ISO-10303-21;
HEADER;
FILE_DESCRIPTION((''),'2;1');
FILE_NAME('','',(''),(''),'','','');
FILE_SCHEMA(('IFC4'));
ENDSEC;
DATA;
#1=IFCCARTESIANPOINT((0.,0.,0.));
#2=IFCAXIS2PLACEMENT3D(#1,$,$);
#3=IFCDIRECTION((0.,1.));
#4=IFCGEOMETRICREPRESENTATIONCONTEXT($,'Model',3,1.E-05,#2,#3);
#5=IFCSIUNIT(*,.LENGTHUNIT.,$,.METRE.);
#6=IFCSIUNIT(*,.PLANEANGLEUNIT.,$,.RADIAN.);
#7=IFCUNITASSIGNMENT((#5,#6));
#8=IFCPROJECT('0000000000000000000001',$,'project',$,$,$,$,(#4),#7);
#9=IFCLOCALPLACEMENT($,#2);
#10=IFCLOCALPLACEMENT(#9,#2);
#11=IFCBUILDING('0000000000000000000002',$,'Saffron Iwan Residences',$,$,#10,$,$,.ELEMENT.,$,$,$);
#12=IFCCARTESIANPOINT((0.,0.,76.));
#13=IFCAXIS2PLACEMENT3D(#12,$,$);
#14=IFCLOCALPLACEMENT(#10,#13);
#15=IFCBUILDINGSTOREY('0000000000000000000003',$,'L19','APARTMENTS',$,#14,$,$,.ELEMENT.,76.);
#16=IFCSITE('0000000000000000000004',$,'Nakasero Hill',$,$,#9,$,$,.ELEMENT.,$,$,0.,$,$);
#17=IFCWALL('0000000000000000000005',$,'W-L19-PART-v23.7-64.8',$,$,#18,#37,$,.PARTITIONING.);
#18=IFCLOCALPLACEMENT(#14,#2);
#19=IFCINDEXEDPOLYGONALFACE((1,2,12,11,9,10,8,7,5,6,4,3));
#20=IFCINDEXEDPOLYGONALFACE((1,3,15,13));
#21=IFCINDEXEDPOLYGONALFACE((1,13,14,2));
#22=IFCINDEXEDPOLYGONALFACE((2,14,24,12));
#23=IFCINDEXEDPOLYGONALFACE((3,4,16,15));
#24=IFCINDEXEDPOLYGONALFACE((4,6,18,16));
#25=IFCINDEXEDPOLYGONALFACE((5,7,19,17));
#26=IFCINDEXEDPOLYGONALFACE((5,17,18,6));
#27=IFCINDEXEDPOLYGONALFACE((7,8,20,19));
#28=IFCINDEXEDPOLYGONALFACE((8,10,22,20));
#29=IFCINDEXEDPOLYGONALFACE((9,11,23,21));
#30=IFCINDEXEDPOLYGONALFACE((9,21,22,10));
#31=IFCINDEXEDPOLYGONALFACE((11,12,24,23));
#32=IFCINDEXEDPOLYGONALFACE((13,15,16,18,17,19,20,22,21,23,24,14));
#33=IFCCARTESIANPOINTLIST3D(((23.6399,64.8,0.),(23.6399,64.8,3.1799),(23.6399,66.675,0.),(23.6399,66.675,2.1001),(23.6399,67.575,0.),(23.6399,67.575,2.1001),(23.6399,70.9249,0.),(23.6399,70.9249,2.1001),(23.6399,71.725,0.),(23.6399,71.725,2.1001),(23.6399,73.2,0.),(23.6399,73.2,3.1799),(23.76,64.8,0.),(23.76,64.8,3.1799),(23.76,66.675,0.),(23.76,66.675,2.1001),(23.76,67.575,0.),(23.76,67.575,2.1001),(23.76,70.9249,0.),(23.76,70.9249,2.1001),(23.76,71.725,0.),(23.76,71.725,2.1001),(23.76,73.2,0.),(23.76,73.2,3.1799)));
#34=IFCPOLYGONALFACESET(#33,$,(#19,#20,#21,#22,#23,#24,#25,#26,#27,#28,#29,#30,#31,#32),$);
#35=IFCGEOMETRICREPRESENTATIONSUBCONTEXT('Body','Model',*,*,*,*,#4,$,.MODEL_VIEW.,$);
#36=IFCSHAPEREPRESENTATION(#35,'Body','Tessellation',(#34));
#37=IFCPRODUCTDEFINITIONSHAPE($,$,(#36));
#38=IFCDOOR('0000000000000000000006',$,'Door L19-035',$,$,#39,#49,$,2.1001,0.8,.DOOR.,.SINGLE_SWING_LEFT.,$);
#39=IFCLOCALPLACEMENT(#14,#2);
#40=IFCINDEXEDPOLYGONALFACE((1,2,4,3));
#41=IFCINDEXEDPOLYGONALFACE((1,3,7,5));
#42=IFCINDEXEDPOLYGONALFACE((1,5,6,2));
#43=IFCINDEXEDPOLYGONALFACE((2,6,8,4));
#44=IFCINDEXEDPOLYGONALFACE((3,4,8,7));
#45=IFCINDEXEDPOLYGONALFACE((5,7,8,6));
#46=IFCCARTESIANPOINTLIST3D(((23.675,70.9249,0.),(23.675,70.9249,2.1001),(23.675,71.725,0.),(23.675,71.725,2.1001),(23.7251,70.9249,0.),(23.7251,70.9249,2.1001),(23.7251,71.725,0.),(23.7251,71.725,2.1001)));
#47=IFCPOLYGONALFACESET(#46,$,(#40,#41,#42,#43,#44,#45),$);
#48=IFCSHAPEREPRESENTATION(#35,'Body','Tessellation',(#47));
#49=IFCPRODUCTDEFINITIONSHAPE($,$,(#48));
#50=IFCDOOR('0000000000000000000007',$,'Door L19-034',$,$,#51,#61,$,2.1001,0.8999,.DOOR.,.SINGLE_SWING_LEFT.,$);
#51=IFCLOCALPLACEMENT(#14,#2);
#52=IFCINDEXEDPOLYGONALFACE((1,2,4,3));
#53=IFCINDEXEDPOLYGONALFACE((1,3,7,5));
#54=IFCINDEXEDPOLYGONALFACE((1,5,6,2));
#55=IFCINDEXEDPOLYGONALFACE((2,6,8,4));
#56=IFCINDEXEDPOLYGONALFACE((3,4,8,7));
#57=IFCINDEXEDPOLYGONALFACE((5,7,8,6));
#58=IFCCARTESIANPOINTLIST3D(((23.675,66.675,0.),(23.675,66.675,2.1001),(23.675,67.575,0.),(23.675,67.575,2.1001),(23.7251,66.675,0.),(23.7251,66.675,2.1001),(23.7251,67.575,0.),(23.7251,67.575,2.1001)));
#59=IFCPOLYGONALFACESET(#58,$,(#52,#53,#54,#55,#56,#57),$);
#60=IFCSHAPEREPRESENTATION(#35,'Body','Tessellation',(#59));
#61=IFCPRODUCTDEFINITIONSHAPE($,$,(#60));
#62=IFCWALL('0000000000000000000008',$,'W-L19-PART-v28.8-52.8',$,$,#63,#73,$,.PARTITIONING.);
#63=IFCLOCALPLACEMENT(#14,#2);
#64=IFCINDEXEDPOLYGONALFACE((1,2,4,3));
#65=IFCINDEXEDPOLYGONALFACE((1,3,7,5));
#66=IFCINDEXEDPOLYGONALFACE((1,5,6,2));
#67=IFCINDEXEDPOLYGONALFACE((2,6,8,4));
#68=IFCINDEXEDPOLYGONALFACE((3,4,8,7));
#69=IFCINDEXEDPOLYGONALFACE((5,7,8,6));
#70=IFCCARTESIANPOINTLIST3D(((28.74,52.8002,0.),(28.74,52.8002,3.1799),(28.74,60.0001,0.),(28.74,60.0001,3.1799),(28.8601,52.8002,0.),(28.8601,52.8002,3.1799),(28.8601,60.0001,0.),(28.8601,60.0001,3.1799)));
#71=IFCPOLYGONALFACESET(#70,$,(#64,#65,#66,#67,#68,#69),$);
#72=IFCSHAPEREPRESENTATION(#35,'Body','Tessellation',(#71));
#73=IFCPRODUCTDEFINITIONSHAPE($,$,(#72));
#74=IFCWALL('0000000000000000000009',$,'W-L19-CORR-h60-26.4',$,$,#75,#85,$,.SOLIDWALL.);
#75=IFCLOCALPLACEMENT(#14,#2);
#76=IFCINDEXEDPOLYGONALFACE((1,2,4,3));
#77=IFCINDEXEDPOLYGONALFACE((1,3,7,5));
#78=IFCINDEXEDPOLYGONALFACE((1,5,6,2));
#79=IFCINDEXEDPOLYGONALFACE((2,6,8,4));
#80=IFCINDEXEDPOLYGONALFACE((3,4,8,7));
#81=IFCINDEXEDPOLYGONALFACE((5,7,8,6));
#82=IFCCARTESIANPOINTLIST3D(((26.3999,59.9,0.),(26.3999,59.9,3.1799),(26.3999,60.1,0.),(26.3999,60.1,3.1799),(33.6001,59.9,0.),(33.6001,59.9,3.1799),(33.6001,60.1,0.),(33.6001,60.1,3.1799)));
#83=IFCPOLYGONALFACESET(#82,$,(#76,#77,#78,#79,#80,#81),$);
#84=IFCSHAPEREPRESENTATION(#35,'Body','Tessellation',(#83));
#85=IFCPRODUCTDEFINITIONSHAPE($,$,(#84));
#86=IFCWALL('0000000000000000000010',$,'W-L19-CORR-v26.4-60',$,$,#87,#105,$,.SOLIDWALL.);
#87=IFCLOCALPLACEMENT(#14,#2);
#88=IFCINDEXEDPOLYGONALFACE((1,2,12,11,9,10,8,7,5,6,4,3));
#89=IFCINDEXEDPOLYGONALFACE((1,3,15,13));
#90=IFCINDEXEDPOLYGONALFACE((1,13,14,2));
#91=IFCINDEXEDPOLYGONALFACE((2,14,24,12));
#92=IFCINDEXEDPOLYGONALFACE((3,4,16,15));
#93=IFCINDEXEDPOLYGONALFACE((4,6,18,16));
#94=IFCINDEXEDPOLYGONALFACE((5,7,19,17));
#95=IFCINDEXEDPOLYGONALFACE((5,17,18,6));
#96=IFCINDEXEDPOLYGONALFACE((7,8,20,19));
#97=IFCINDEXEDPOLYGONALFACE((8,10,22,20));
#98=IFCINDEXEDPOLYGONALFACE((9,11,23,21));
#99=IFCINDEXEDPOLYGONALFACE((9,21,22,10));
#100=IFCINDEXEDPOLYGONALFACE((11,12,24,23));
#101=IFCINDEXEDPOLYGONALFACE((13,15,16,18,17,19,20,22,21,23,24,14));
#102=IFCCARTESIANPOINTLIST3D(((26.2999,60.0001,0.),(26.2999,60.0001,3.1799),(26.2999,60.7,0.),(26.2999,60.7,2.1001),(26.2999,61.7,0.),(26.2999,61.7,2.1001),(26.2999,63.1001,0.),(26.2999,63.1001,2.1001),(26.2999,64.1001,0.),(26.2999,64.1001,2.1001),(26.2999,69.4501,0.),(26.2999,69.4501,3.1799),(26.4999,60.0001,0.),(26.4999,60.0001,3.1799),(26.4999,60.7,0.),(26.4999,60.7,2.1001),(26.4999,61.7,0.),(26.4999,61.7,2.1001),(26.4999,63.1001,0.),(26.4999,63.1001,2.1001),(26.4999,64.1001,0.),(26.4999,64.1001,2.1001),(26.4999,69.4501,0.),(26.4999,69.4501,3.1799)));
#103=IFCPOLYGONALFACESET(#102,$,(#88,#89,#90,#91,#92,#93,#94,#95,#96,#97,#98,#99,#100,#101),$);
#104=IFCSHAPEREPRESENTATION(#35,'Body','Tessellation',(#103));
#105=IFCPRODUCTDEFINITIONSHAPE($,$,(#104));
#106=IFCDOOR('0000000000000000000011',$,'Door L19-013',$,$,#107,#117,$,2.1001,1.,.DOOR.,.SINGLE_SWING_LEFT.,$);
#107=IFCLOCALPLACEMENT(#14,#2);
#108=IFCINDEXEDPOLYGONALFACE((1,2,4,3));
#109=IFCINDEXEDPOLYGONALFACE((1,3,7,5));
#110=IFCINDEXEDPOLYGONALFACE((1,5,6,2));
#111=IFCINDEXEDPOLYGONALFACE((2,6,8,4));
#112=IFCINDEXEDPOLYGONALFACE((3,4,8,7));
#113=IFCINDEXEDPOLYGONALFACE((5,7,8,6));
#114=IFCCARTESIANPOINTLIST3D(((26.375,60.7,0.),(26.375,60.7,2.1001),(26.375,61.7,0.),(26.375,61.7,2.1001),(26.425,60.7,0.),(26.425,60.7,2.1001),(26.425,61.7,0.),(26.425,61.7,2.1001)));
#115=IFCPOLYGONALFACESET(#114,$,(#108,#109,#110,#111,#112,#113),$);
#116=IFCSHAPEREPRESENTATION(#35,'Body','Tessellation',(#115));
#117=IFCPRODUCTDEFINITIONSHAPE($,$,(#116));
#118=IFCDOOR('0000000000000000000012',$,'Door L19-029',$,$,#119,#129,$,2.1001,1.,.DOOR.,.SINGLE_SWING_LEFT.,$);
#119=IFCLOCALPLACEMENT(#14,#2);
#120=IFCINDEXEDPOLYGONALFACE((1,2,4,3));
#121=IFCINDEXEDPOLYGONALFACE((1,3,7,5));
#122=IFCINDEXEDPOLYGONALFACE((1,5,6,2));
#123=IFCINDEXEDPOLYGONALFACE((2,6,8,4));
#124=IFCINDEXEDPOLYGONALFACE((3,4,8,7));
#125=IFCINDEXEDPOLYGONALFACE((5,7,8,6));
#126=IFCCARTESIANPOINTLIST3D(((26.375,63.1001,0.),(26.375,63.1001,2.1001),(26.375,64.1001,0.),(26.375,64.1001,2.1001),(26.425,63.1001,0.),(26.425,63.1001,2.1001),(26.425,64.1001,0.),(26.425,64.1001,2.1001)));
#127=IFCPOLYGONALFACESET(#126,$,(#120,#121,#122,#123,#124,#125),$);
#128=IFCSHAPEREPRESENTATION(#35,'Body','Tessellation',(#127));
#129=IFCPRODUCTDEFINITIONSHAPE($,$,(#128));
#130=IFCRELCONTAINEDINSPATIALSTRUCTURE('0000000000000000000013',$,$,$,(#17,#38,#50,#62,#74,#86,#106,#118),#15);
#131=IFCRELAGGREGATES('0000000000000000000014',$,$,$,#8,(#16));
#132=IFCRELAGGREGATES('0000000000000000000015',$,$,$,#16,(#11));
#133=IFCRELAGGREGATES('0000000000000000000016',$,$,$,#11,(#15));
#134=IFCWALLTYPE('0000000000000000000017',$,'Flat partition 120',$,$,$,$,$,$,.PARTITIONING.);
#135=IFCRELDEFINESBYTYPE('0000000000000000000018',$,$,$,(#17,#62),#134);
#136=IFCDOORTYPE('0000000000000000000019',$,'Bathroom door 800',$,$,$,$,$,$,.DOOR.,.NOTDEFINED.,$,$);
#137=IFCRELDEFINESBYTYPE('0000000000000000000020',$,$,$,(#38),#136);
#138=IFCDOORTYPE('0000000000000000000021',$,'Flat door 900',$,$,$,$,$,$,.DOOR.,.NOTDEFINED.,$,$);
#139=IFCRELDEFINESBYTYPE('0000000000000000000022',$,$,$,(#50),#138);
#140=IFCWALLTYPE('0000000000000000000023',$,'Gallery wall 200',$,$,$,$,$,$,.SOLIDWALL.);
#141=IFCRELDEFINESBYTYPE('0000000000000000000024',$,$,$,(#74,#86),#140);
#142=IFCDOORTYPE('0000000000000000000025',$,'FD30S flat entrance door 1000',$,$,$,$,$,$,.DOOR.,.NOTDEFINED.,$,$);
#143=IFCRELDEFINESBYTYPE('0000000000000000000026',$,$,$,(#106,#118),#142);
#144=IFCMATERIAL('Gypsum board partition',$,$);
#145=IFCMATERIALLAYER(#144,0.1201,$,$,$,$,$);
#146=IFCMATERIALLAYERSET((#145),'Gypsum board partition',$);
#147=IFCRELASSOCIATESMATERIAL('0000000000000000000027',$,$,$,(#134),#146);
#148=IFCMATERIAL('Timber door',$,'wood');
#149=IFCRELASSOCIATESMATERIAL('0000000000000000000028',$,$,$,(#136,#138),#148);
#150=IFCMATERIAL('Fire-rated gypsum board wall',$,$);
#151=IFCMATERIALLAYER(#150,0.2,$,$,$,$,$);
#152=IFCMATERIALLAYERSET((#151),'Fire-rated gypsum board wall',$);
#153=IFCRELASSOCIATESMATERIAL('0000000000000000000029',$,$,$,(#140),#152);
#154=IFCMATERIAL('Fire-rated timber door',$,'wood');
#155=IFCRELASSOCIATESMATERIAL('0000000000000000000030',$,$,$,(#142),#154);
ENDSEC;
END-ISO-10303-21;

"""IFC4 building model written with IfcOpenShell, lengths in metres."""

from ifc_helpers import new_model, si_unit, direction, frame, frame_2d, origin, place, context, subcontext, project, spatial, rectangle, extrude, material, layer, layer_set, type_object, element, fill, save


model = new_model("IFC4")

# Units and contexts
model_context = context("Model", 3, precision=1e-05, world=origin(), true_north=direction((0.0, 1.0)))
body_context = subcontext(model_context, "Body", "Model", "MODEL_VIEW")
ifc_project = project(units=[si_unit("LENGTHUNIT", "METRE"), si_unit("PLANEANGLEUNIT", "RADIAN")], contexts=[model_context])

# Site, building, storey
site_placement = place(None, origin())
site = spatial("IfcSite", under=ifc_project, at=site_placement, Name="Nakasero Hill", CompositionType="ELEMENT", RefElevation=0.0)
building_placement = place(site_placement, origin())
building = spatial("IfcBuilding", under=site, at=building_placement, Name="Saffron Iwan Residences", CompositionType="ELEMENT")
storey_placement = place(building_placement, frame((0.0, 0.0, 76.0)))
storey = spatial("IfcBuildingStorey", under=building, at=storey_placement, Name="L19", Description="APARTMENTS", CompositionType="ELEMENT", Elevation=76.0)

# Shared definitions
ifc_material_1 = material(Name="Gypsum board partition")
ifc_layer_1 = layer(ifc_material_1, 0.1201)
ifc_layer_set_1 = layer_set([ifc_layer_1], Name="Gypsum board partition")
wall_type_1 = type_object("IfcWallType", Name="Flat partition 120", PredefinedType="PARTITIONING", material=ifc_layer_set_1)
ifc_material_2 = material(Name="Timber door", Category="wood")
door_type_1 = type_object("IfcDoorType", Name="Bathroom door 800", OperationType="NOTDEFINED", PredefinedType="DOOR", material=ifc_material_2)
door_type_2 = type_object("IfcDoorType", Name="Flat door 900", OperationType="NOTDEFINED", PredefinedType="DOOR", material=ifc_material_2)

# Wall, openings, doors
wall_1_placement = place(storey_placement, frame((23.7, 64.8, 0.0), z_axis=(0.0, 0.0, 1.0), x_axis=(0.0, 1.0, 0.0)))
wall_1 = element("IfcWall", 1, at=wall_1_placement, inside=storey, type_object=wall_type_1, Name="W-L19-PART-v23.7-64.8", PredefinedType="PARTITIONING", context=body_context, shape_type="SweptSolid", body=[
    extrude(rectangle(XDim=8.3999, YDim=0.1201, at=frame_2d((4.2, 0.0))), origin(), (0.0, 0.0, 1.0), 3.1799),
])
opening_1_placement = place(wall_1_placement, frame((1.875, 0.0, 0.0)))
opening_1 = element("IfcOpeningElement", 2, at=opening_1_placement, cuts=wall_1, PredefinedType="OPENING", context=body_context, shape_type="SweptSolid", body=[
    extrude(rectangle(XDim=0.8999, YDim=2.1001, at=frame_2d((0.45, 1.05))), frame((0.0, 0.0701, 0.0), z_axis=(0.0, -1.0, 0.0), x_axis=(1.0, 0.0, 0.0)), (0.0, 0.0, 1.0), 0.1401),
])
opening_2_placement = place(wall_1_placement, frame((6.125, 0.0, 0.0)))
opening_2 = element("IfcOpeningElement", 3, at=opening_2_placement, cuts=wall_1, PredefinedType="OPENING", context=body_context, shape_type="SweptSolid", body=[
    extrude(rectangle(XDim=0.8, YDim=2.1001, at=frame_2d((0.3999, 1.05))), frame((0.0, 0.0701, 0.0), z_axis=(0.0, -1.0, 0.0), x_axis=(1.0, 0.0, 0.0)), (0.0, 0.0, 1.0), 0.1401),
])
door_1_placement = place(opening_2_placement, origin())
door_1 = element("IfcDoor", 4, at=door_1_placement, inside=storey, type_object=door_type_1, Name="Door L19-035", OperationType="SINGLE_SWING_LEFT", OverallHeight=2.1001, OverallWidth=0.8, PredefinedType="DOOR", context=body_context, shape_type="SweptSolid", body=[
    extrude(rectangle(XDim=0.8, YDim=2.1001, at=frame_2d((0.3999, 1.05))), frame((0.0, 0.0249, 0.0), z_axis=(0.0, -1.0, 0.0), x_axis=(1.0, 0.0, 0.0)), (0.0, 0.0, 1.0), 0.05),
])
fill(opening_2, door_1)
door_2_placement = place(opening_1_placement, origin())
door_2 = element("IfcDoor", 5, at=door_2_placement, inside=storey, type_object=door_type_2, Name="Door L19-034", OperationType="SINGLE_SWING_LEFT", OverallHeight=2.1001, OverallWidth=0.8999, PredefinedType="DOOR", context=body_context, shape_type="SweptSolid", body=[
    extrude(rectangle(XDim=0.8999, YDim=2.1001, at=frame_2d((0.45, 1.05))), frame((0.0, 0.0249, 0.0), z_axis=(0.0, -1.0, 0.0), x_axis=(1.0, 0.0, 0.0)), (0.0, 0.0, 1.0), 0.05),
])
fill(opening_1, door_2)

# Walls
wall_2_placement = place(storey_placement, frame((28.8, 52.8, 0.0), z_axis=(0.0, 0.0, 1.0), x_axis=(0.0, 1.0, 0.0)))
element("IfcWall", 6, at=wall_2_placement, inside=storey, type_object=wall_type_1, Name="W-L19-PART-v28.8-52.8", PredefinedType="PARTITIONING", context=body_context, shape_type="SweptSolid", body=[
    extrude(rectangle(XDim=7.2, YDim=0.1201, at=frame_2d((3.6001, 0.0))), origin(), (0.0, 0.0, 1.0), 3.1799),
])
ifc_material_3 = material(Name="Fire-rated gypsum board wall")
ifc_layer_2 = layer(ifc_material_3, 0.2)
ifc_layer_set_2 = layer_set([ifc_layer_2], Name="Fire-rated gypsum board wall")
wall_type_2 = type_object("IfcWallType", Name="Gallery wall 200", PredefinedType="SOLIDWALL", material=ifc_layer_set_2)
wall_3_placement = place(storey_placement, frame((26.3999, 60.0, 0.0), z_axis=(0.0, 0.0, 1.0), x_axis=(1.0, 0.0, 0.0)))
element("IfcWall", 7, at=wall_3_placement, inside=storey, type_object=wall_type_2, Name="W-L19-CORR-h60-26.4", PredefinedType="SOLIDWALL", context=body_context, shape_type="SweptSolid", body=[
    extrude(rectangle(XDim=7.2002, YDim=0.2, at=frame_2d((3.6001, 0.0))), origin(), (0.0, 0.0, 1.0), 3.1799),
])

# Wall, openings, doors
wall_4_placement = place(storey_placement, frame((26.3999, 60.0, 0.0), z_axis=(0.0, 0.0, 1.0), x_axis=(0.0, 1.0, 0.0)))
wall_4 = element("IfcWall", 8, at=wall_4_placement, inside=storey, type_object=wall_type_2, Name="W-L19-CORR-v26.4-60", PredefinedType="SOLIDWALL", context=body_context, shape_type="SweptSolid", body=[
    extrude(rectangle(XDim=9.45, YDim=0.2, at=frame_2d((4.7251, 0.0))), origin(), (0.0, 0.0, 1.0), 3.1799),
])
opening_3_placement = place(wall_4_placement, frame((0.7, 0.0, 0.0)))
opening_3 = element("IfcOpeningElement", 9, at=opening_3_placement, cuts=wall_4, PredefinedType="OPENING", context=body_context, shape_type="SweptSolid", body=[
    extrude(rectangle(XDim=1.0, YDim=2.1001, at=frame_2d((0.5, 1.05))), frame((0.0, 0.1099, 0.0), z_axis=(0.0, -1.0, 0.0), x_axis=(1.0, 0.0, 0.0)), (0.0, 0.0, 1.0), 0.22),
])
opening_4_placement = place(wall_4_placement, frame((3.1001, 0.0, 0.0)))
opening_4 = element("IfcOpeningElement", 10, at=opening_4_placement, cuts=wall_4, PredefinedType="OPENING", context=body_context, shape_type="SweptSolid", body=[
    extrude(rectangle(XDim=1.0, YDim=2.1001, at=frame_2d((0.5, 1.05))), frame((0.0, 0.1099, 0.0), z_axis=(0.0, -1.0, 0.0), x_axis=(1.0, 0.0, 0.0)), (0.0, 0.0, 1.0), 0.22),
])
ifc_material_4 = material(Name="Fire-rated timber door", Category="wood")
door_type_3 = type_object("IfcDoorType", Name="FD30S flat entrance door 1000", OperationType="NOTDEFINED", PredefinedType="DOOR", material=ifc_material_4)
door_3_placement = place(opening_3_placement, origin())
door_3 = element("IfcDoor", 11, at=door_3_placement, inside=storey, type_object=door_type_3, Name="Door L19-013", OperationType="SINGLE_SWING_LEFT", OverallHeight=2.1001, OverallWidth=1.0, PredefinedType="DOOR", context=body_context, shape_type="SweptSolid", body=[
    extrude(rectangle(XDim=1.0, YDim=2.1001, at=frame_2d((0.5, 1.05))), frame((0.0, 0.0249, 0.0), z_axis=(0.0, -1.0, 0.0), x_axis=(1.0, 0.0, 0.0)), (0.0, 0.0, 1.0), 0.05),
])
fill(opening_3, door_3)
door_4_placement = place(opening_4_placement, origin())
door_4 = element("IfcDoor", 12, at=door_4_placement, inside=storey, type_object=door_type_3, Name="Door L19-029", OperationType="SINGLE_SWING_LEFT", OverallHeight=2.1001, OverallWidth=1.0, PredefinedType="DOOR", context=body_context, shape_type="SweptSolid", body=[
    extrude(rectangle(XDim=1.0, YDim=2.1001, at=frame_2d((0.5, 1.05))), frame((0.0, 0.0249, 0.0), z_axis=(0.0, -1.0, 0.0), x_axis=(1.0, 0.0, 0.0)), (0.0, 0.0, 1.0), 0.05),
])
fill(opening_4, door_4)

save(model, "model.ifc")
